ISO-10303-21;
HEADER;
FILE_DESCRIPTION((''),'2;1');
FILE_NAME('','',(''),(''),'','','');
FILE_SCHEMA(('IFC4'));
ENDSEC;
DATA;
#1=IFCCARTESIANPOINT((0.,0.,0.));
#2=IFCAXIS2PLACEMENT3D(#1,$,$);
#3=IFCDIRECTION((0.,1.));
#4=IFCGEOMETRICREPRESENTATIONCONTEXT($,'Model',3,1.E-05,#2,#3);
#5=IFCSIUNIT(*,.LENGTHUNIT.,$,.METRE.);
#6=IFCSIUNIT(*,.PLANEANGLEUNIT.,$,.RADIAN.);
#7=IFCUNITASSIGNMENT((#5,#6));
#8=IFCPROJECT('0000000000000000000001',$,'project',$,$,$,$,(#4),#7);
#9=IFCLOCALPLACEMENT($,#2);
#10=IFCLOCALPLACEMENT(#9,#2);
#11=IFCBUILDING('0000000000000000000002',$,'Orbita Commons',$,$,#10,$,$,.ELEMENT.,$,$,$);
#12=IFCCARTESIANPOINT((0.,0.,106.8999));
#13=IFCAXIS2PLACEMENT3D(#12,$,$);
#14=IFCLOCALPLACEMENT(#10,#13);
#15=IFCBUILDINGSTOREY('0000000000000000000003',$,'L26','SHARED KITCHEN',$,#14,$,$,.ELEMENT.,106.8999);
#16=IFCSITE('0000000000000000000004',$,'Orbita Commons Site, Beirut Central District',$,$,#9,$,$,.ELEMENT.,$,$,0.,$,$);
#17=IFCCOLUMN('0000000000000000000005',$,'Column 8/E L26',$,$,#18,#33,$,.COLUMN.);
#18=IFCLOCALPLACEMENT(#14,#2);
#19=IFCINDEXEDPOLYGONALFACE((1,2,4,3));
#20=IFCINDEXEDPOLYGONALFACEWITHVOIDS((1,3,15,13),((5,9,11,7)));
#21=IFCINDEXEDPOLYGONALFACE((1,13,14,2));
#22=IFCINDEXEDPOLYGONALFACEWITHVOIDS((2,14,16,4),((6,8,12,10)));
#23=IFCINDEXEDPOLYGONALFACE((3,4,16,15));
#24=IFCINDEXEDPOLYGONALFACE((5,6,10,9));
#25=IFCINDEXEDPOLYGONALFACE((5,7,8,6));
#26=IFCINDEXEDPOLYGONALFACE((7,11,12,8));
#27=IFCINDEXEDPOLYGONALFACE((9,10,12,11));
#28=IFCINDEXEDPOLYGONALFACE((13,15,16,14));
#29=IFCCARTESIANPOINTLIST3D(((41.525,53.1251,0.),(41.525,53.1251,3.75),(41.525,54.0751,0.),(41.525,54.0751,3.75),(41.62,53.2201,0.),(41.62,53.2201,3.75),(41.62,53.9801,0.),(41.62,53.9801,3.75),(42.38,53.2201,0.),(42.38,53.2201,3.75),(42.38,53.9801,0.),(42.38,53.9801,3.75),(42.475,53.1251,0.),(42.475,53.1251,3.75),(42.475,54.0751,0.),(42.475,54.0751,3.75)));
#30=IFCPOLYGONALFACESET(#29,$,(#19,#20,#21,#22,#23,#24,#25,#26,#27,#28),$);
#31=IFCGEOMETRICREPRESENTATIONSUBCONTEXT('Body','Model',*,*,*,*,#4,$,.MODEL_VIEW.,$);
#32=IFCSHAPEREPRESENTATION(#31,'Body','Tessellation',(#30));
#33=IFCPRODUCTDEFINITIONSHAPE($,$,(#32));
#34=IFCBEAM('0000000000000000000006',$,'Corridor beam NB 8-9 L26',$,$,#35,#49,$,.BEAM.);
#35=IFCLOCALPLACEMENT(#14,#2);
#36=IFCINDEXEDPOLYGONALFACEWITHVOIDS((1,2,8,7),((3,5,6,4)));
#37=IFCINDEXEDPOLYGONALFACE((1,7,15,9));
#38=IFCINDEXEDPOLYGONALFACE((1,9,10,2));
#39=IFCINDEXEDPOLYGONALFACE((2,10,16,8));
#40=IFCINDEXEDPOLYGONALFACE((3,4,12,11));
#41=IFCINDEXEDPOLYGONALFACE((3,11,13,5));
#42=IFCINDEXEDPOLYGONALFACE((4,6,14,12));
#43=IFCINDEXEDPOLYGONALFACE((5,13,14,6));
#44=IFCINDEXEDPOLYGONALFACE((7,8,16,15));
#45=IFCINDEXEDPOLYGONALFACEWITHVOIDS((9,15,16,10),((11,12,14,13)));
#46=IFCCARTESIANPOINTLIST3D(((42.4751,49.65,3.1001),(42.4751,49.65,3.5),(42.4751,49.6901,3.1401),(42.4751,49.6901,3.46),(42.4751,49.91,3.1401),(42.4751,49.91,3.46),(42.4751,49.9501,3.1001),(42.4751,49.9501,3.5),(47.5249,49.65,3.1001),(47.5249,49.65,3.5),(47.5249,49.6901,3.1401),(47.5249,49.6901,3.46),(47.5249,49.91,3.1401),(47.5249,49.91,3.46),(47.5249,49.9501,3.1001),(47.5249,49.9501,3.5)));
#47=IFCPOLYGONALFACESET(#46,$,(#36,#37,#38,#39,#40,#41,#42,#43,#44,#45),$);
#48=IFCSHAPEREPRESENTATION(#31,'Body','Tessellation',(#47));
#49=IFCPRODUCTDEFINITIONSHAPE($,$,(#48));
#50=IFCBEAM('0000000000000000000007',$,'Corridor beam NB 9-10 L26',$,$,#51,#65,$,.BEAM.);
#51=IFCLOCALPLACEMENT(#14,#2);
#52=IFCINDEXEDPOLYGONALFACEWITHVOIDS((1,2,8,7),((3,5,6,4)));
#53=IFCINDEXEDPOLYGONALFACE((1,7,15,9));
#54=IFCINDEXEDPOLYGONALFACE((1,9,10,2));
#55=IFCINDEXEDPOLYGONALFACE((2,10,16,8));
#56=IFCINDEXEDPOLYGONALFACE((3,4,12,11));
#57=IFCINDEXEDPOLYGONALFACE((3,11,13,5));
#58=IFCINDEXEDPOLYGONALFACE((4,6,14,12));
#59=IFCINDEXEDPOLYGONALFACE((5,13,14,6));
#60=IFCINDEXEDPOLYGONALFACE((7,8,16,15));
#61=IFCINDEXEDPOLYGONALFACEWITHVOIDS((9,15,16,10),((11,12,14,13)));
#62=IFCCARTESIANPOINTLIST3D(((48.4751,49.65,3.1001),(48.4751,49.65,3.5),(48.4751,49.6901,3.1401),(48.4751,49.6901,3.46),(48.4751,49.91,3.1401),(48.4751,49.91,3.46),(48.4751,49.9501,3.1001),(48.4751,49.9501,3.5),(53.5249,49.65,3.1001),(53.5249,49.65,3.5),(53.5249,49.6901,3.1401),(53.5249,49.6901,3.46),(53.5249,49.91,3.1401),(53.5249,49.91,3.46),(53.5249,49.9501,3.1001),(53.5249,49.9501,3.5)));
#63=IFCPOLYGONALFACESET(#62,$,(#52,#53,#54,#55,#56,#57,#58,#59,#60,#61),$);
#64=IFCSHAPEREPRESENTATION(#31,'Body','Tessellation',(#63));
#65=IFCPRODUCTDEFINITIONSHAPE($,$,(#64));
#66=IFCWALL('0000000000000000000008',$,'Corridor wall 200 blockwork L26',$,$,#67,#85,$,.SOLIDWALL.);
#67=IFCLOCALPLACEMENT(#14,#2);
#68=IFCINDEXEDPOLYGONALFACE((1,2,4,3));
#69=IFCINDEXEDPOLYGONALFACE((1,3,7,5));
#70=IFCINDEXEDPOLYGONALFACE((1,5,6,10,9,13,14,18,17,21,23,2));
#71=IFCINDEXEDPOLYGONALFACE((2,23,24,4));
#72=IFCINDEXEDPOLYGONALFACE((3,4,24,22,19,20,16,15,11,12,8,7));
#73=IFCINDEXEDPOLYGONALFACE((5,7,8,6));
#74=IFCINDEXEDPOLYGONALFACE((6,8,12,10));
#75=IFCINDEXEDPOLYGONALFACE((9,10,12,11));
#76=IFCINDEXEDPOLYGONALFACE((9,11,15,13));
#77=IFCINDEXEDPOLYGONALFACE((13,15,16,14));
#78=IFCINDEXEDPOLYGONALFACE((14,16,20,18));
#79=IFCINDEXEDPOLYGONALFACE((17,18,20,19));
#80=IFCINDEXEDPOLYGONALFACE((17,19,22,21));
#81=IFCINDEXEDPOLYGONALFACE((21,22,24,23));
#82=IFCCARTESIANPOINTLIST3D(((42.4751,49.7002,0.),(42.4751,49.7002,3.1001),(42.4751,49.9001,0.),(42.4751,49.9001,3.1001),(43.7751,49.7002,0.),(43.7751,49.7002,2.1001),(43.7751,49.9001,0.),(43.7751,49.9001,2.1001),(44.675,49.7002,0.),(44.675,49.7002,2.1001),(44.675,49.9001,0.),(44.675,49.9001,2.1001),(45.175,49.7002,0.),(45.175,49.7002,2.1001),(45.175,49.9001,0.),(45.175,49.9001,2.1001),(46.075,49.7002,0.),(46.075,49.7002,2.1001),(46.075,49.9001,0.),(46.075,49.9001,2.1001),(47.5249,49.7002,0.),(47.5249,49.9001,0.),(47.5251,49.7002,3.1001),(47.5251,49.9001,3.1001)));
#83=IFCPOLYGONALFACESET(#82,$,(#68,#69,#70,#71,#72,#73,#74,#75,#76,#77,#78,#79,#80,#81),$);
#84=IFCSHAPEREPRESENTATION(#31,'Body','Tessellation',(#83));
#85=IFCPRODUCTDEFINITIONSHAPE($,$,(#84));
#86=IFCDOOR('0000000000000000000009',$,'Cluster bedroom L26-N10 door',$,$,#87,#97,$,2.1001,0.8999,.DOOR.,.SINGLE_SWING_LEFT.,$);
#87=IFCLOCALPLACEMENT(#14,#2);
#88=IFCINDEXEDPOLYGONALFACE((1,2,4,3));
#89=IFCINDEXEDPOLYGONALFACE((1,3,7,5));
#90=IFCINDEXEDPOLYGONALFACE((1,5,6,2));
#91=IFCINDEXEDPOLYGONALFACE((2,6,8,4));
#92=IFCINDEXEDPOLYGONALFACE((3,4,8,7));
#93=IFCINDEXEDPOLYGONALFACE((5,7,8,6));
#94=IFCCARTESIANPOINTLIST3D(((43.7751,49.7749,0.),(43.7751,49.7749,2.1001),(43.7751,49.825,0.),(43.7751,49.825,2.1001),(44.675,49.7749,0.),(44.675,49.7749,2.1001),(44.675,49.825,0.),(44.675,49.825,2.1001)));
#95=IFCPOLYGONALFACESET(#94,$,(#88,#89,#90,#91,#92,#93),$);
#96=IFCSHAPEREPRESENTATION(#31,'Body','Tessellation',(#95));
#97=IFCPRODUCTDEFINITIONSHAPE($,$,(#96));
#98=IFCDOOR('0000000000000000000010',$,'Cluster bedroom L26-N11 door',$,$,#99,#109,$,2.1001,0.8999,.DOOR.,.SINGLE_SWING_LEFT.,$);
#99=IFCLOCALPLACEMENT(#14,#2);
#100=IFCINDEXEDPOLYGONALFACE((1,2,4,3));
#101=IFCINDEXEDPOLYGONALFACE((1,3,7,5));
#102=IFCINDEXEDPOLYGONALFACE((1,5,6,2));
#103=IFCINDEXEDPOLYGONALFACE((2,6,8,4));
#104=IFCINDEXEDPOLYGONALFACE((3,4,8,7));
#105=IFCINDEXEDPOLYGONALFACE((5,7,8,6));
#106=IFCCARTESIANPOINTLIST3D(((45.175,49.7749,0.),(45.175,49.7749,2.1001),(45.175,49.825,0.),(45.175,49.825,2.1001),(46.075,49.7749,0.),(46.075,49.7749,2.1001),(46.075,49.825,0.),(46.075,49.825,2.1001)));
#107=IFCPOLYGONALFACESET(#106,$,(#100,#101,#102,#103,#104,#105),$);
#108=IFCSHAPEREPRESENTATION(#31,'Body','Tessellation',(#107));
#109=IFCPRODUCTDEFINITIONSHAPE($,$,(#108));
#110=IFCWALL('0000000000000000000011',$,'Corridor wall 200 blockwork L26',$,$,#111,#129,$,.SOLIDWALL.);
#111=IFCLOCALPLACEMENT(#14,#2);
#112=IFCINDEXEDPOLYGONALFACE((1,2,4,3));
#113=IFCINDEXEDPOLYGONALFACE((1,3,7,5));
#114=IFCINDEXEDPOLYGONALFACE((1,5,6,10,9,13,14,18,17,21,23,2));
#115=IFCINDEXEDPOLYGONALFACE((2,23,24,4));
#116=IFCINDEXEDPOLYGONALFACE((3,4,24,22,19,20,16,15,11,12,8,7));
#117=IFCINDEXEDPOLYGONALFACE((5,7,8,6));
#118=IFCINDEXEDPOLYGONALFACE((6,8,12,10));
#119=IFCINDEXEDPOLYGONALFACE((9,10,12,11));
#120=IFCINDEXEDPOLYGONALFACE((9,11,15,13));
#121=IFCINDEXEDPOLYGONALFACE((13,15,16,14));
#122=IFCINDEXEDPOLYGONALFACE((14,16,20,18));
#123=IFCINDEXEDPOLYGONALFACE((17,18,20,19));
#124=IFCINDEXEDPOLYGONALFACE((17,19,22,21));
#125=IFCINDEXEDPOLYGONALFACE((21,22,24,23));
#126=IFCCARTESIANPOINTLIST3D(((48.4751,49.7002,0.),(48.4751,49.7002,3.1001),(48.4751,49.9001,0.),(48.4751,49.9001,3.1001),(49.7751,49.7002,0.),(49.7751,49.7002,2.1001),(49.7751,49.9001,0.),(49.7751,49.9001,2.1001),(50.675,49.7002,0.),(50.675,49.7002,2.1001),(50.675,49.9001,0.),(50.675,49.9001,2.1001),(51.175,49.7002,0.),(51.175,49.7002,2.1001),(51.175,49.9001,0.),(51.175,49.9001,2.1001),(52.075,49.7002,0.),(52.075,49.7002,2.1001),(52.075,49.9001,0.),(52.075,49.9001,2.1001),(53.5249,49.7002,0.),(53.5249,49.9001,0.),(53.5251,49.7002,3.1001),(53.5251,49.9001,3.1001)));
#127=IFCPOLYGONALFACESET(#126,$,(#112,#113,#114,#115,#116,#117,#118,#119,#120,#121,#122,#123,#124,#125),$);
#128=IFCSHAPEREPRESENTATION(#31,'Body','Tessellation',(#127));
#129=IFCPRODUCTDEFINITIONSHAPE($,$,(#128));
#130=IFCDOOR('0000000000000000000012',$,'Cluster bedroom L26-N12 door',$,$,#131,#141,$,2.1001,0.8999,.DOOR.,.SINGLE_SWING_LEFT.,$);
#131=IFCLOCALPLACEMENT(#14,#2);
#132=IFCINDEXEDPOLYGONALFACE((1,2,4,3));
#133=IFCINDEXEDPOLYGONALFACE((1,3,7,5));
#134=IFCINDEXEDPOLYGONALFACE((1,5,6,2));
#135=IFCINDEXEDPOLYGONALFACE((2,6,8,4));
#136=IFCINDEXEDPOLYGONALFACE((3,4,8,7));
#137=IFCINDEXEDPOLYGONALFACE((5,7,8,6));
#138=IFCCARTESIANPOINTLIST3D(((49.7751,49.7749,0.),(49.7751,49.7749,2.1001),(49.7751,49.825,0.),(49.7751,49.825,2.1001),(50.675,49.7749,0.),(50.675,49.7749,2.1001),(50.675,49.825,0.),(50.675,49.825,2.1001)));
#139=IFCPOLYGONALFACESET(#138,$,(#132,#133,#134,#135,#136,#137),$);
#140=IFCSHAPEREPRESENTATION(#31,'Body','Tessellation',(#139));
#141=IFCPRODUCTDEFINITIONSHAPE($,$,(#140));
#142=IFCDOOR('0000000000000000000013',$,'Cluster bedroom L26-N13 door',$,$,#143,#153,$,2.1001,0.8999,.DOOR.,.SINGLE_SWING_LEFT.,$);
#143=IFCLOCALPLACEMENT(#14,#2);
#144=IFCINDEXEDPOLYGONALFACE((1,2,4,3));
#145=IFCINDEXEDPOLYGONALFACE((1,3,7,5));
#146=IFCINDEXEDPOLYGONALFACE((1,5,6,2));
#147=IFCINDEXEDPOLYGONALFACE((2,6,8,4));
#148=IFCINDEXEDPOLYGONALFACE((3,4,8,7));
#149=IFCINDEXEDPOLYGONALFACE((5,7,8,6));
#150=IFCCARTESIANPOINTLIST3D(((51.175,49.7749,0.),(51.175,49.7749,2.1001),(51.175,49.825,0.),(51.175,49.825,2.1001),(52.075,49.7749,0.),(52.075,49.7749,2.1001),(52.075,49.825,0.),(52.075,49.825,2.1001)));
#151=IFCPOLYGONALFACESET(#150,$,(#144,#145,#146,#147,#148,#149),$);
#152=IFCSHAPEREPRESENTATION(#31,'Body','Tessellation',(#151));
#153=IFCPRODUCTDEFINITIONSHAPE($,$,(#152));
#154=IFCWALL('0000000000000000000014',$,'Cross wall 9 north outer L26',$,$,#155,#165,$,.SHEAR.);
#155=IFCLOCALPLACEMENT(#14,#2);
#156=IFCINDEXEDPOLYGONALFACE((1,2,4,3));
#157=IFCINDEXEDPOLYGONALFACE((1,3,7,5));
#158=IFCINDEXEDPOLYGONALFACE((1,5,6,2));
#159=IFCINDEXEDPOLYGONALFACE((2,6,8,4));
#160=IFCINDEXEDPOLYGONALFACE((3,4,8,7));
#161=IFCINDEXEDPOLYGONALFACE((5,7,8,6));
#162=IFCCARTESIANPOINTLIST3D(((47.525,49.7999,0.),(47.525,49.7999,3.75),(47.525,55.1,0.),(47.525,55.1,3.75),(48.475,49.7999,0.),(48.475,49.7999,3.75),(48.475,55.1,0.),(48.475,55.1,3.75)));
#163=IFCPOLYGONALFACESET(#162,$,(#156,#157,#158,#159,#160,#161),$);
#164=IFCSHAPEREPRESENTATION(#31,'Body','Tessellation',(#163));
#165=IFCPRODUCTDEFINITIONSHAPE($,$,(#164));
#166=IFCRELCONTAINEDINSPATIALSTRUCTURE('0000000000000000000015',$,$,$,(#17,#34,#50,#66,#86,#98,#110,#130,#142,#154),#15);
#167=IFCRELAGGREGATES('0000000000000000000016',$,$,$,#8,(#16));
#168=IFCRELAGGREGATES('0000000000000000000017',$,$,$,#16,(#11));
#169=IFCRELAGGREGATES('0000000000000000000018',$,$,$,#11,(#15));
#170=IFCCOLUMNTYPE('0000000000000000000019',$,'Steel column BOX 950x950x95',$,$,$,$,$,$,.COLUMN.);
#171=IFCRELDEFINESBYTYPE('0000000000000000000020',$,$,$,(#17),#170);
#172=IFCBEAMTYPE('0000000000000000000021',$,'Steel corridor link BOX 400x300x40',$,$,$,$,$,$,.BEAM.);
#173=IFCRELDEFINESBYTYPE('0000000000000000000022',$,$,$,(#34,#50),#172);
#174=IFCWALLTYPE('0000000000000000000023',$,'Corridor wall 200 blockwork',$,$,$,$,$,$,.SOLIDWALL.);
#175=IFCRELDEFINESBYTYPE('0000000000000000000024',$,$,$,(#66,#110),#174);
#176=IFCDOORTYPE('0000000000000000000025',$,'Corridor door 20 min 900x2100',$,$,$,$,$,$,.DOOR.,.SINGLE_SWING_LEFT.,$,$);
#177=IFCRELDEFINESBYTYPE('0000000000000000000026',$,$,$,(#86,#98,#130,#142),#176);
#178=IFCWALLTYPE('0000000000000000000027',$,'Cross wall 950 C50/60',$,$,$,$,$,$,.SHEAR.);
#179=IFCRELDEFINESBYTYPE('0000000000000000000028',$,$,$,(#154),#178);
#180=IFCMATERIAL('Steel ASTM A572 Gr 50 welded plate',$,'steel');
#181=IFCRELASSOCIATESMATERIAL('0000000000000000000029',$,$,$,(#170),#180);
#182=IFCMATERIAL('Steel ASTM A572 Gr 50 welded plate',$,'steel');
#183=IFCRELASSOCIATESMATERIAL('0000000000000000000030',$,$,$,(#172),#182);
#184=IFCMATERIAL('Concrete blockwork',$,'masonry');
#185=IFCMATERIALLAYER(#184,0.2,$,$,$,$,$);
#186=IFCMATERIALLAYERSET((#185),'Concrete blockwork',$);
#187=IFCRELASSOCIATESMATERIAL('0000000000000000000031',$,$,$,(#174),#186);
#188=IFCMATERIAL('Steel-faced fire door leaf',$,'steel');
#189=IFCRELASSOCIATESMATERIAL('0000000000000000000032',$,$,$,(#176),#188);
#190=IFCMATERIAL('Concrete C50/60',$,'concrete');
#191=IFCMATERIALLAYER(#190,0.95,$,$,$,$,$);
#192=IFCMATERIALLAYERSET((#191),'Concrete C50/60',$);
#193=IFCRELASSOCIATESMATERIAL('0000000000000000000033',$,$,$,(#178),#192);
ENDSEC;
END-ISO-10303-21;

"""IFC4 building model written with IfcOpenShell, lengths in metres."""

from ifc_helpers import new_model, si_unit, direction, frame, frame_2d, origin, origin_2d, place, context, subcontext, project, spatial, polyline, rectangle, hollow_rectangle, outline, extrude, material, layer, layer_set, material_profile, profile_set, type_object, element, fill, save


model = new_model("IFC4")

# Units and contexts
model_context = context("Model", 3, precision=1e-05, world=origin(), true_north=direction((0.0, 1.0)))
body_context = subcontext(model_context, "Body", "Model", "MODEL_VIEW")
ifc_project = project(units=[si_unit("LENGTHUNIT", "METRE"), si_unit("PLANEANGLEUNIT", "RADIAN")], contexts=[model_context])

# Site, building, storey
site_placement = place(None, origin())
site = spatial("IfcSite", under=ifc_project, at=site_placement, Name="Orbita Commons Site, Beirut Central District", CompositionType="ELEMENT", RefElevation=0.0)
building_placement = place(site_placement, origin())
building = spatial("IfcBuilding", under=site, at=building_placement, Name="Orbita Commons", CompositionType="ELEMENT")
storey_placement = place(building_placement, frame((0.0, 0.0, 106.8999)))
storey = spatial("IfcBuildingStorey", under=building, at=storey_placement, Name="L26", Description="SHARED KITCHEN", CompositionType="ELEMENT", Elevation=106.8999)

# Column
ifc_material_1 = material(Name="Steel ASTM A572 Gr 50 welded plate", Category="steel")
ifc_material_profile_1 = material_profile(ifc_material_1, hollow_rectangle(XDim=0.95, YDim=0.95, WallThickness=0.095, at=origin_2d()), Name="BOX 950x950x95")
ifc_profile_set_1 = profile_set([ifc_material_profile_1], Name="Steel ASTM A572 Gr 50 welded plate")
column_type = type_object("IfcColumnType", Name="Steel column BOX 950x950x95", PredefinedType="COLUMN", material=ifc_profile_set_1)
column_placement = place(storey_placement, frame((42.0, 53.6001, 0.0), z_axis=(0.0, 0.0, 1.0), x_axis=(1.0, 0.0, 0.0)))
element("IfcColumn", 1, at=column_placement, inside=storey, type_object=column_type, Name="Column 8/E L26", PredefinedType="COLUMN", context=body_context, shape_type="SweptSolid", body=[
    extrude(hollow_rectangle(XDim=0.95, YDim=0.95, WallThickness=0.095, at=origin_2d()), origin(), (0.0, 0.0, 1.0), 3.75),
])

# Beams
ifc_material_2 = material(Name="Steel ASTM A572 Gr 50 welded plate", Category="steel")
ifc_material_profile_2 = material_profile(ifc_material_2, hollow_rectangle(XDim=0.3, YDim=0.3999, WallThickness=0.04, at=origin_2d()), Name="BOX 400x300x40")
ifc_profile_set_2 = profile_set([ifc_material_profile_2], Name="Steel ASTM A572 Gr 50 welded plate")
beam_type = type_object("IfcBeamType", Name="Steel corridor link BOX 400x300x40", PredefinedType="BEAM", material=ifc_profile_set_2)
for number, where, z_axis, x_axis, name in (
    (2, (42.4751, 49.8, 3.3), (1.0, 0.0, 0.0), (0.0, 1.0, 0.0), "Corridor beam NB 8-9 L26"),
    (3, (48.4751, 49.8, 3.3), (1.0, 0.0, 0.0), (0.0, 1.0, 0.0), "Corridor beam NB 9-10 L26"),
):
    element("IfcBeam", number, at=place(storey_placement, frame(where, z_axis=z_axis, x_axis=x_axis)), inside=storey, type_object=beam_type, Name=name, PredefinedType="BEAM", context=body_context, shape_type="SweptSolid", body=[
        extrude(hollow_rectangle(XDim=0.3, YDim=0.3999, WallThickness=0.04, at=origin_2d()), origin(), (0.0, 0.0, 1.0), 5.0498),
    ])

# Walls, openings, doors
ifc_material_3 = material(Name="Concrete blockwork", Category="masonry")
ifc_layer_1 = layer(ifc_material_3, 0.2)
ifc_layer_set_1 = layer_set([ifc_layer_1], Name="Concrete blockwork")
wall_type_1 = type_object("IfcWallType", Name="Corridor wall 200 blockwork", PredefinedType="SOLIDWALL", material=ifc_layer_set_1)
wall_1_placement = place(storey_placement, frame((42.4751, 49.8, 0.0), z_axis=(0.0, 0.0, 1.0), x_axis=(1.0, 0.0, 0.0)))
wall_1 = element("IfcWall", 4, at=wall_1_placement, inside=storey, type_object=wall_type_1, Name="Corridor wall 200 blockwork L26", PredefinedType="SOLIDWALL", context=body_context, shape_type="SweptSolid", body=[
    extrude(outline(polyline([(0.0, 0.0), (5.0498, 0.0), (5.05, 3.1001), (0.0, 3.1001), (0.0, 0.0)])), frame((0.0, 0.1001, 0.0), z_axis=(0.0, -1.0, 0.0), x_axis=(1.0, 0.0, 0.0)), (0.0, 0.0, 1.0), 0.2),
])
opening_1_placement = place(wall_1_placement, frame((1.3, 0.0, 0.0)))
opening_1 = element("IfcOpeningElement", 5, at=opening_1_placement, cuts=wall_1, PredefinedType="OPENING", context=body_context, shape_type="SweptSolid", body=[
    extrude(rectangle(XDim=0.8999, YDim=2.1001, at=frame_2d((0.45, 1.05))), frame((0.0, 0.1099, 0.0), z_axis=(0.0, -1.0, 0.0), x_axis=(1.0, 0.0, 0.0)), (0.0, 0.0, 1.0), 0.22),
])
opening_2_placement = place(wall_1_placement, frame((2.7, 0.0, 0.0)))
opening_2 = element("IfcOpeningElement", 6, at=opening_2_placement, cuts=wall_1, PredefinedType="OPENING", context=body_context, shape_type="SweptSolid", body=[
    extrude(rectangle(XDim=0.8999, YDim=2.1001, at=frame_2d((0.45, 1.05))), frame((0.0, 0.1099, 0.0), z_axis=(0.0, -1.0, 0.0), x_axis=(1.0, 0.0, 0.0)), (0.0, 0.0, 1.0), 0.22),
])
ifc_material_4 = material(Name="Steel-faced fire door leaf", Category="steel")
door_type_1 = type_object("IfcDoorType", Name="Corridor door 20 min 900x2100", OperationType="SINGLE_SWING_LEFT", PredefinedType="DOOR", material=ifc_material_4)
door_1_placement = place(opening_1_placement, origin())
door_1 = element("IfcDoor", 7, at=door_1_placement, inside=storey, type_object=door_type_1, Name="Cluster bedroom L26-N10 door", OperationType="SINGLE_SWING_LEFT", OverallHeight=2.1001, OverallWidth=0.8999, PredefinedType="DOOR", context=body_context, shape_type="SweptSolid", body=[
    extrude(rectangle(XDim=0.8999, YDim=2.1001, at=frame_2d((0.45, 1.05))), frame((0.0, 0.0249, 0.0), z_axis=(0.0, -1.0, 0.0), x_axis=(1.0, 0.0, 0.0)), (0.0, 0.0, 1.0), 0.05),
])
fill(opening_1, door_1)
door_2_placement = place(opening_2_placement, origin())
door_2 = element("IfcDoor", 8, at=door_2_placement, inside=storey, type_object=door_type_1, Name="Cluster bedroom L26-N11 door", OperationType="SINGLE_SWING_LEFT", OverallHeight=2.1001, OverallWidth=0.8999, PredefinedType="DOOR", context=body_context, shape_type="SweptSolid", body=[
    extrude(rectangle(XDim=0.8999, YDim=2.1001, at=frame_2d((0.45, 1.05))), frame((0.0, 0.0249, 0.0), z_axis=(0.0, -1.0, 0.0), x_axis=(1.0, 0.0, 0.0)), (0.0, 0.0, 1.0), 0.05),
])
fill(opening_2, door_2)
wall_2_placement = place(storey_placement, frame((48.4751, 49.8, 0.0), z_axis=(0.0, 0.0, 1.0), x_axis=(1.0, 0.0, 0.0)))
wall_2 = element("IfcWall", 9, at=wall_2_placement, inside=storey, type_object=wall_type_1, Name="Corridor wall 200 blockwork L26", PredefinedType="SOLIDWALL", context=body_context, shape_type="SweptSolid", body=[
    extrude(outline(polyline([(0.0, 0.0), (5.0498, 0.0), (5.05, 3.1001), (0.0, 3.1001), (0.0, 0.0)])), frame((0.0, 0.1001, 0.0), z_axis=(0.0, -1.0, 0.0), x_axis=(1.0, 0.0, 0.0)), (0.0, 0.0, 1.0), 0.2),
])
opening_3_placement = place(wall_2_placement, frame((1.3, 0.0, 0.0)))
opening_3 = element("IfcOpeningElement", 10, at=opening_3_placement, cuts=wall_2, PredefinedType="OPENING", context=body_context, shape_type="SweptSolid", body=[
    extrude(rectangle(XDim=0.8999, YDim=2.1001, at=frame_2d((0.45, 1.05))), frame((0.0, 0.1099, 0.0), z_axis=(0.0, -1.0, 0.0), x_axis=(1.0, 0.0, 0.0)), (0.0, 0.0, 1.0), 0.22),
])
opening_4_placement = place(wall_2_placement, frame((2.7, 0.0, 0.0)))
opening_4 = element("IfcOpeningElement", 11, at=opening_4_placement, cuts=wall_2, PredefinedType="OPENING", context=body_context, shape_type="SweptSolid", body=[
    extrude(rectangle(XDim=0.8999, YDim=2.1001, at=frame_2d((0.45, 1.05))), frame((0.0, 0.1099, 0.0), z_axis=(0.0, -1.0, 0.0), x_axis=(1.0, 0.0, 0.0)), (0.0, 0.0, 1.0), 0.22),
])
door_3_placement = place(opening_3_placement, origin())
door_3 = element("IfcDoor", 12, at=door_3_placement, inside=storey, type_object=door_type_1, Name="Cluster bedroom L26-N12 door", OperationType="SINGLE_SWING_LEFT", OverallHeight=2.1001, OverallWidth=0.8999, PredefinedType="DOOR", context=body_context, shape_type="SweptSolid", body=[
    extrude(rectangle(XDim=0.8999, YDim=2.1001, at=frame_2d((0.45, 1.05))), frame((0.0, 0.0249, 0.0), z_axis=(0.0, -1.0, 0.0), x_axis=(1.0, 0.0, 0.0)), (0.0, 0.0, 1.0), 0.05),
])
fill(opening_3, door_3)
door_4_placement = place(opening_4_placement, origin())
door_4 = element("IfcDoor", 13, at=door_4_placement, inside=storey, type_object=door_type_1, Name="Cluster bedroom L26-N13 door", OperationType="SINGLE_SWING_LEFT", OverallHeight=2.1001, OverallWidth=0.8999, PredefinedType="DOOR", context=body_context, shape_type="SweptSolid", body=[
    extrude(rectangle(XDim=0.8999, YDim=2.1001, at=frame_2d((0.45, 1.05))), frame((0.0, 0.0249, 0.0), z_axis=(0.0, -1.0, 0.0), x_axis=(1.0, 0.0, 0.0)), (0.0, 0.0, 1.0), 0.05),
])
fill(opening_4, door_4)

# Wall
ifc_material_5 = material(Name="Concrete C50/60", Category="concrete")
ifc_layer_2 = layer(ifc_material_5, 0.95)
ifc_layer_set_2 = layer_set([ifc_layer_2], Name="Concrete C50/60")
wall_type_2 = type_object("IfcWallType", Name="Cross wall 950 C50/60", PredefinedType="SHEAR", material=ifc_layer_set_2)
for number, where, z_axis, x_axis, name in (
    (14, (48.0, 49.8, 0.0), (0.0, 0.0, 1.0), (0.0, 1.0, 0.0), "Cross wall 9 north outer L26"),
):
    element("IfcWall", number, at=place(storey_placement, frame(where, z_axis=z_axis, x_axis=x_axis)), inside=storey, type_object=wall_type_2, Name=name, PredefinedType="SHEAR", context=body_context, shape_type="SweptSolid", body=[
        extrude(rectangle(XDim=5.3, YDim=0.95, at=frame_2d((2.6499, 0.0))), origin(), (0.0, 0.0, 1.0), 3.75),
    ])

save(model, "model.ifc")
